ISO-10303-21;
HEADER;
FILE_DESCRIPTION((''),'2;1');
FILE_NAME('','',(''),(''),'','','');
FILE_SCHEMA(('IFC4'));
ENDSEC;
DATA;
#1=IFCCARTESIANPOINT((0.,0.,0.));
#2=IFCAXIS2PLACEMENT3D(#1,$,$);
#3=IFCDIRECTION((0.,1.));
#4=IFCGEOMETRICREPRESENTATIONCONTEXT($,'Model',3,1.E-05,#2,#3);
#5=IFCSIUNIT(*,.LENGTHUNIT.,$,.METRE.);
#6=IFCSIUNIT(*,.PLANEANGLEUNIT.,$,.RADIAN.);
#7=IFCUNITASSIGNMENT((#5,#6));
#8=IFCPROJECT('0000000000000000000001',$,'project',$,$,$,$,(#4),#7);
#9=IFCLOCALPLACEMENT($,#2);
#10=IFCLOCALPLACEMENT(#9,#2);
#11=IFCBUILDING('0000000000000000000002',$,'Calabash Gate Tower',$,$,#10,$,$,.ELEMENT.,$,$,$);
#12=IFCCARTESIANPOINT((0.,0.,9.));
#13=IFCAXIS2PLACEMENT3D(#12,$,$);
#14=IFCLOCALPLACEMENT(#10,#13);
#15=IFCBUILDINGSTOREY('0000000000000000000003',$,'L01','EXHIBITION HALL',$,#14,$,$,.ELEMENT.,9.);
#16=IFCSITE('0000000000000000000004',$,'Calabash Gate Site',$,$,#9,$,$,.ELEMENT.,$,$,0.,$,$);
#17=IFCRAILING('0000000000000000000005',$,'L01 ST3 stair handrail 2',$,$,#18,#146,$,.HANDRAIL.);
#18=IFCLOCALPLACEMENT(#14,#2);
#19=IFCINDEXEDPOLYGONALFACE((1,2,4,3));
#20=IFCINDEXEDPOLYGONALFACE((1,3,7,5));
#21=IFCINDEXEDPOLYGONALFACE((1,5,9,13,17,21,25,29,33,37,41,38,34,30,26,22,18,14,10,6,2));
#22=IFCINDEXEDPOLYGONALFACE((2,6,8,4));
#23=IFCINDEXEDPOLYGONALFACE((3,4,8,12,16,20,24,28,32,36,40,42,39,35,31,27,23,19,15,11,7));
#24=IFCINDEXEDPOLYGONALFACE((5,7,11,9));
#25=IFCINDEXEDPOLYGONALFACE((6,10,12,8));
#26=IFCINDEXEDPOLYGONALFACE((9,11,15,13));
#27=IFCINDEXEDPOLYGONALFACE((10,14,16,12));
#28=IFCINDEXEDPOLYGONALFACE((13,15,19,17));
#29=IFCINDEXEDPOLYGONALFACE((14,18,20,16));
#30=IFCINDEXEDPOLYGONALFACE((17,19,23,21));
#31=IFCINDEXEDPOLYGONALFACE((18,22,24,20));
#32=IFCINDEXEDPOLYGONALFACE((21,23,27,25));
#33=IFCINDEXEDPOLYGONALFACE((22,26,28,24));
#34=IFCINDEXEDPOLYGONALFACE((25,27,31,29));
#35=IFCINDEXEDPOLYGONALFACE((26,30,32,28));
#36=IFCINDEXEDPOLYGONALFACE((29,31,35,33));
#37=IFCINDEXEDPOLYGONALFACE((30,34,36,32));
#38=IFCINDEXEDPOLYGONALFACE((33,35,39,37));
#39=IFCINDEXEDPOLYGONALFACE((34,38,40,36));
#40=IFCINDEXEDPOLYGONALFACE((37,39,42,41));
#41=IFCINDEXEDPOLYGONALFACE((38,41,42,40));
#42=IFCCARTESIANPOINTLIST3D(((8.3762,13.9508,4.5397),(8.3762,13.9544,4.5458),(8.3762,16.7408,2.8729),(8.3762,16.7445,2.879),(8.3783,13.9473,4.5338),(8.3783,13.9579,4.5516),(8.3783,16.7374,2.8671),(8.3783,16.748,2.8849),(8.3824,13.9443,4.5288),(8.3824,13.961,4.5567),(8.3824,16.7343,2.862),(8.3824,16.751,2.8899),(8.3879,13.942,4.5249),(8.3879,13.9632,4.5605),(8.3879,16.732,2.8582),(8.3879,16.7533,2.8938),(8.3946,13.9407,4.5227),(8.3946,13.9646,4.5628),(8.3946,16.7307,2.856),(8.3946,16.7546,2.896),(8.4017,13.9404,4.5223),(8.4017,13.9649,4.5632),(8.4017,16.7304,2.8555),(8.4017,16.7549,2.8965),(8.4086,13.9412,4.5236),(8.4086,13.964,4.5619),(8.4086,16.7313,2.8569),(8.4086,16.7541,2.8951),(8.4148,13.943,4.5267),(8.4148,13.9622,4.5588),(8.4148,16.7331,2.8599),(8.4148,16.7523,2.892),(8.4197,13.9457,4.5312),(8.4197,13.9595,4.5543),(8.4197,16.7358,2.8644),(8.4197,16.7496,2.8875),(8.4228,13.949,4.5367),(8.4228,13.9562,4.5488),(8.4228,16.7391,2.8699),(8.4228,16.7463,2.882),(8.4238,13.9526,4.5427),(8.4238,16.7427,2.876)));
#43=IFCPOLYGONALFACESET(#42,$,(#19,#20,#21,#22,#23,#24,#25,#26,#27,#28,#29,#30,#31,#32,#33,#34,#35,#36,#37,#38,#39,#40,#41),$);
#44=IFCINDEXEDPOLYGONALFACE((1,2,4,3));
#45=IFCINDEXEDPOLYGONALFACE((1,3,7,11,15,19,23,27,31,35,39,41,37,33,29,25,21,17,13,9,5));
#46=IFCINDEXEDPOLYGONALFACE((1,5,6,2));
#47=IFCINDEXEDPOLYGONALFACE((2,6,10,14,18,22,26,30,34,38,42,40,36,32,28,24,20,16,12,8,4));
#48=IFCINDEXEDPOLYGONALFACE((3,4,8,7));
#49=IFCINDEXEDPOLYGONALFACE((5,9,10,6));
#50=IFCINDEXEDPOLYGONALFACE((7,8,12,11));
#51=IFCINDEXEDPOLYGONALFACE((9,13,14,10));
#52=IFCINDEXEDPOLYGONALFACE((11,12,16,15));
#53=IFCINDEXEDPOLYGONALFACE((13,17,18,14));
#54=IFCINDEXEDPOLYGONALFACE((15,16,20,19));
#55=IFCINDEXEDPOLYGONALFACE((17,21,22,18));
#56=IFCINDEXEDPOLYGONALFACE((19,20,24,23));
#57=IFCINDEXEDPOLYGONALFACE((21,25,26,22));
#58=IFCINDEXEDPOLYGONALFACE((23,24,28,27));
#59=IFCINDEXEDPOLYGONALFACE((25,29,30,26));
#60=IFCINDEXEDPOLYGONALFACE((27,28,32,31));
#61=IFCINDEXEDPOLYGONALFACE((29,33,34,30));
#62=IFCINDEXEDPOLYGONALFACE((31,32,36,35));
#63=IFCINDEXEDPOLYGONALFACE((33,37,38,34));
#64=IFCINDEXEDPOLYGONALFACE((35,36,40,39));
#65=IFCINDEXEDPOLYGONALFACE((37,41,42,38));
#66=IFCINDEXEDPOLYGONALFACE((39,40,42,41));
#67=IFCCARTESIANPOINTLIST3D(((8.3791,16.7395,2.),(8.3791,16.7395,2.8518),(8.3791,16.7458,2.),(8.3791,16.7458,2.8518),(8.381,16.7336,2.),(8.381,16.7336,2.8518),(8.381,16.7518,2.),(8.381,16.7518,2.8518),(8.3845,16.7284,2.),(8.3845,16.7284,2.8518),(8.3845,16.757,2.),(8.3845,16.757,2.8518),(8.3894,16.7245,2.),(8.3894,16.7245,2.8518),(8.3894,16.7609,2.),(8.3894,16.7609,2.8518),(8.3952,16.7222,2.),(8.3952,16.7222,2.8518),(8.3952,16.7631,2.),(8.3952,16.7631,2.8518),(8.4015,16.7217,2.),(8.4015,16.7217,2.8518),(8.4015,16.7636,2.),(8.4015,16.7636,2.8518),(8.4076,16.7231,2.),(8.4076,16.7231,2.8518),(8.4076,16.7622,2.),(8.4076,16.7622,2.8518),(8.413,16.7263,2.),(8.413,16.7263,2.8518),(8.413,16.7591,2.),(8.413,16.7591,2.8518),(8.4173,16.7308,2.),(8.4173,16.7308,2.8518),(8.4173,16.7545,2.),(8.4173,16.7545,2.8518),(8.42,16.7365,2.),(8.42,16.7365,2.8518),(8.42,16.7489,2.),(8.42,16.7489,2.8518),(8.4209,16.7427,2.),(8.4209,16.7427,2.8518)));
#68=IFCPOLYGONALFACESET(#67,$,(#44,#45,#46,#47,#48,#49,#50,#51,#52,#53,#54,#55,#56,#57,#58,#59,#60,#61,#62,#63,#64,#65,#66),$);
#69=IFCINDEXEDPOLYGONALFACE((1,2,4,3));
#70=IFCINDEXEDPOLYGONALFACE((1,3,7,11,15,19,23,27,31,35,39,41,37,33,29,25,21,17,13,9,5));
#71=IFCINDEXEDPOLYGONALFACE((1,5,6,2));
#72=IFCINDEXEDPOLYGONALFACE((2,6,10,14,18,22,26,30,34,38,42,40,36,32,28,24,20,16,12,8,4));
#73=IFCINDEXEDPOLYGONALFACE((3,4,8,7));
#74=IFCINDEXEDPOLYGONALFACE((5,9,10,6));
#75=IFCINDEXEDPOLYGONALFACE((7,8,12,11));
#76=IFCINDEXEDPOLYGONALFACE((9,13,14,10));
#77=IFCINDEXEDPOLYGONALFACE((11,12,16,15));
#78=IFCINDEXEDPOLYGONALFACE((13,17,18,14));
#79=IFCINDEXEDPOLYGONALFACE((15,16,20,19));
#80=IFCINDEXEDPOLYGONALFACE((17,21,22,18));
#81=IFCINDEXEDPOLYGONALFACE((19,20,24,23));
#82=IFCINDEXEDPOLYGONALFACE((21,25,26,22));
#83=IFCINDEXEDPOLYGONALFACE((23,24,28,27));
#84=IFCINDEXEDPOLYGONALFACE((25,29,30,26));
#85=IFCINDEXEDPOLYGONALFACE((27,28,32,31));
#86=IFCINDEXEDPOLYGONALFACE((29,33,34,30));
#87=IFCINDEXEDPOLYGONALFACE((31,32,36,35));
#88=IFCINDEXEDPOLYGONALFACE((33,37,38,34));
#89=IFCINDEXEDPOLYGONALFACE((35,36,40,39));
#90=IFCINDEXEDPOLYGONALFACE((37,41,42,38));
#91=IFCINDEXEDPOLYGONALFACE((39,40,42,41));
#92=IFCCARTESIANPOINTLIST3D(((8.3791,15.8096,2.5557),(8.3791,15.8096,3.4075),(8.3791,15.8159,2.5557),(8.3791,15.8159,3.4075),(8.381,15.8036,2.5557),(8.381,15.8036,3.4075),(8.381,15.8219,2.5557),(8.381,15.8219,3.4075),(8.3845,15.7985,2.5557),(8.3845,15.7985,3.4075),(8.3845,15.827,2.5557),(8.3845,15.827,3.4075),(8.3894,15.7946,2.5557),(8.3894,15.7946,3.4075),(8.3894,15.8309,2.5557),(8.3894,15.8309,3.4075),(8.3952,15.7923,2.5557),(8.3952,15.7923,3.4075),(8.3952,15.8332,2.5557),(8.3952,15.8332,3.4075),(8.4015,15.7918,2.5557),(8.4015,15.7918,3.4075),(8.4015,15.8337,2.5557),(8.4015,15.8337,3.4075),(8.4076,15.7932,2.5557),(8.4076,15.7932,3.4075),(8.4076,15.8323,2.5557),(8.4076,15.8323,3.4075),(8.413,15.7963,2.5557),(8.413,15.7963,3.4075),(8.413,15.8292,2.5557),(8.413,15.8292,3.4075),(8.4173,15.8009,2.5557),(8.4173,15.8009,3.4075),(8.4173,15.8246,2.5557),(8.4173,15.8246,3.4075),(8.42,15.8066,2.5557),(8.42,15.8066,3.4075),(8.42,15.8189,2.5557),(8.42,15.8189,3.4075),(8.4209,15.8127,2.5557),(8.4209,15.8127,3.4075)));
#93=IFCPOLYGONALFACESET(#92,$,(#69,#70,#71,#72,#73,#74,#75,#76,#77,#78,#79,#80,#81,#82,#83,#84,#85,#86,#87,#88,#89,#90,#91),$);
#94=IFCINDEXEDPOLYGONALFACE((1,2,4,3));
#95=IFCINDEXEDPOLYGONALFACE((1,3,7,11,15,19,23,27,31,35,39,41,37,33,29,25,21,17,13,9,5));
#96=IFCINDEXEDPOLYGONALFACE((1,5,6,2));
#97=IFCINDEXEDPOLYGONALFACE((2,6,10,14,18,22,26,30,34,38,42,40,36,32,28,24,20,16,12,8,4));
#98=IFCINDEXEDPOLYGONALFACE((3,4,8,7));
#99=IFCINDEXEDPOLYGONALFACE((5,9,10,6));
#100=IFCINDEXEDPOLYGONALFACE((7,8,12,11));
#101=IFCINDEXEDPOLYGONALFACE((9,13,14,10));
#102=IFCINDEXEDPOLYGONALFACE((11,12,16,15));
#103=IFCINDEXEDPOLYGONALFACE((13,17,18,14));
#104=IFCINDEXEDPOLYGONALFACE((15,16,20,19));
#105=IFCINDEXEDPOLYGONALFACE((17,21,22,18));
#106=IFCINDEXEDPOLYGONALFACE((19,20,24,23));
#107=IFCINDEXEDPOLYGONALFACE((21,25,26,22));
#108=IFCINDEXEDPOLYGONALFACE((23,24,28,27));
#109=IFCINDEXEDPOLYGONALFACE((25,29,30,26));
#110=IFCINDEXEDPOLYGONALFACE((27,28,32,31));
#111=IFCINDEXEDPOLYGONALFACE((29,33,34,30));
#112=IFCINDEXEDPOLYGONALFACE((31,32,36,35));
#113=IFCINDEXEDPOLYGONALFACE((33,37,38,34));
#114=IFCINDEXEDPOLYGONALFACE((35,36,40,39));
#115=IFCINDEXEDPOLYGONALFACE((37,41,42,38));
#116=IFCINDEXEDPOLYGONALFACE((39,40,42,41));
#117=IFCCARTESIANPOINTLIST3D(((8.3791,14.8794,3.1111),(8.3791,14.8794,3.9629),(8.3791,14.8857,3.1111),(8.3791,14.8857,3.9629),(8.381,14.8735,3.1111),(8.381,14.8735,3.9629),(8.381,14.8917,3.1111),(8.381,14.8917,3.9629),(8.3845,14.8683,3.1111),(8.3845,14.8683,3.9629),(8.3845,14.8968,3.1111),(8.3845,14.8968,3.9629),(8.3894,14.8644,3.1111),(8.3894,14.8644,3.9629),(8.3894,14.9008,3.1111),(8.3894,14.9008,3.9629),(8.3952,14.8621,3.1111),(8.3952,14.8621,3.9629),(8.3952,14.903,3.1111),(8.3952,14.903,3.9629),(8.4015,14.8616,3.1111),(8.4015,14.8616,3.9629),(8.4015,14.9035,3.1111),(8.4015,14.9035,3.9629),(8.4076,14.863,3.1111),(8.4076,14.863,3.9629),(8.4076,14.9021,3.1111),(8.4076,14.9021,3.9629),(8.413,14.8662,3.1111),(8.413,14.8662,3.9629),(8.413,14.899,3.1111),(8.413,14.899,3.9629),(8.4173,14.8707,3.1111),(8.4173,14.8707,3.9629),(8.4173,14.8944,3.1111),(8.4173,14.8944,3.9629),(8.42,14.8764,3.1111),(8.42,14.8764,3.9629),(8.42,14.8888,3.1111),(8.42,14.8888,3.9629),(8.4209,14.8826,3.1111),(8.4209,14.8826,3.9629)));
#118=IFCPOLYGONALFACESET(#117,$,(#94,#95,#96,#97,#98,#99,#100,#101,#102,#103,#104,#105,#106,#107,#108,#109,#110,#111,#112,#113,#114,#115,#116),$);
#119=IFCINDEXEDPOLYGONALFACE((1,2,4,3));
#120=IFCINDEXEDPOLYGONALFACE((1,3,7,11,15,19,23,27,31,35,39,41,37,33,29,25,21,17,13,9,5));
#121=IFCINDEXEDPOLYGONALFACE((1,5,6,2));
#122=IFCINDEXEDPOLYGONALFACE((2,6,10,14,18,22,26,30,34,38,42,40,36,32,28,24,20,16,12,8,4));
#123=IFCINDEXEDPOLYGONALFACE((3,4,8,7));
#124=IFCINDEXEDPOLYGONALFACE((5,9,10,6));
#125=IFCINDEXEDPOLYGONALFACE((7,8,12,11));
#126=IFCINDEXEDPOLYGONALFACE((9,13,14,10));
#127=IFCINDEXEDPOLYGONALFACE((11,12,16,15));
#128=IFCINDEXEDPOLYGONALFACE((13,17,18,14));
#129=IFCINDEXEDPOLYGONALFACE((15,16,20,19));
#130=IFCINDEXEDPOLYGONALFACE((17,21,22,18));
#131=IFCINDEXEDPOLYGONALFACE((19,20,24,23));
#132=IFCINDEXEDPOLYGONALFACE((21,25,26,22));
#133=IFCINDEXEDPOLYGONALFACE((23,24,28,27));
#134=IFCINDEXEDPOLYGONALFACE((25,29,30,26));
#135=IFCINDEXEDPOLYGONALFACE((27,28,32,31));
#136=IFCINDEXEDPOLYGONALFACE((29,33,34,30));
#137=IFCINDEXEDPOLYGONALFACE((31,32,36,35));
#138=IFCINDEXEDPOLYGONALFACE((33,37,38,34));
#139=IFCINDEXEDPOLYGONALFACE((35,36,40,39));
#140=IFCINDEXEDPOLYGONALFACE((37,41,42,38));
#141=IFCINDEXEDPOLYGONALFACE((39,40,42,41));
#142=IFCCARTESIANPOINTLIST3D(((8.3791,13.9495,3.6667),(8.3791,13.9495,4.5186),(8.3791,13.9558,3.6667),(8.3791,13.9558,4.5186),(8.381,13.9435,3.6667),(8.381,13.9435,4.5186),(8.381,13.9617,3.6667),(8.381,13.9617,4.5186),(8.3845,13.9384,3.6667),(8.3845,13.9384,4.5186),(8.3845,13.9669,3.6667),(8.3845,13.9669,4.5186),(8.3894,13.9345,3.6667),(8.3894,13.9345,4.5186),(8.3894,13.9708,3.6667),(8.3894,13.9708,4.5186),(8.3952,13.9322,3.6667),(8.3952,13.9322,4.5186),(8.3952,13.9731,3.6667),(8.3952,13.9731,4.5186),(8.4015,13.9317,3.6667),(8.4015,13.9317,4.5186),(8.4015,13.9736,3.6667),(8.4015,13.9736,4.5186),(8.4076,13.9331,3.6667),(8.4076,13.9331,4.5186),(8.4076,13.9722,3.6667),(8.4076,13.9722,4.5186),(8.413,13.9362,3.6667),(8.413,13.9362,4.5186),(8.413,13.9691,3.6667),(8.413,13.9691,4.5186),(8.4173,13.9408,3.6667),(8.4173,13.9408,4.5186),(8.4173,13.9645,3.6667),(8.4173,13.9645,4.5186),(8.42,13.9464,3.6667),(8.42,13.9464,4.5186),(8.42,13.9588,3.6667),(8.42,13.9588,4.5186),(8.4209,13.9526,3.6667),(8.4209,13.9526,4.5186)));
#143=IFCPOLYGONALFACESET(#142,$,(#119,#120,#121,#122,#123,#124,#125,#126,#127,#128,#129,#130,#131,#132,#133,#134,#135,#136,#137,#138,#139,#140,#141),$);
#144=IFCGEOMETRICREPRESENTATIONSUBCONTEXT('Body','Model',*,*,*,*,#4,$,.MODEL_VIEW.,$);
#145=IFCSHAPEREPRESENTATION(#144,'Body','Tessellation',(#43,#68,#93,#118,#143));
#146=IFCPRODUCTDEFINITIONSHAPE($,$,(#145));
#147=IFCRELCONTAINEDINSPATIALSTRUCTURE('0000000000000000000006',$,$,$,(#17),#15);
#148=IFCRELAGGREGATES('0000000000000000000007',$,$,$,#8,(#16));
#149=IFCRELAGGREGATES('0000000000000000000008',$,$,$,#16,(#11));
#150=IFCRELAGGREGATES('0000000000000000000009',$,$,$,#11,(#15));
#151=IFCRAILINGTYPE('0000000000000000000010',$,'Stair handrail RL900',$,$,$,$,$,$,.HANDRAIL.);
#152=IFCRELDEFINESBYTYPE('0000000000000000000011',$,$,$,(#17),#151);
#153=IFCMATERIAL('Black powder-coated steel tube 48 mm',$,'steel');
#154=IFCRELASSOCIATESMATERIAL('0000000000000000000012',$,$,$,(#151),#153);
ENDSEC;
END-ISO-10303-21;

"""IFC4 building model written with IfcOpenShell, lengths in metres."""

from ifc_helpers import new_model, si_unit, direction, frame, origin, origin_2d, place, context, subcontext, project, spatial, circle, extrude, material, type_object, element, save


model = new_model("IFC4")

# Units and contexts
model_context = context("Model", 3, precision=1e-05, world=origin(), true_north=direction((0.0, 1.0)))
body_context = subcontext(model_context, "Body", "Model", "MODEL_VIEW")
ifc_project = project(units=[si_unit("LENGTHUNIT", "METRE"), si_unit("PLANEANGLEUNIT", "RADIAN")], contexts=[model_context])

# Site, building, storey
site_placement = place(None, origin())
site = spatial("IfcSite", under=ifc_project, at=site_placement, Name="Calabash Gate Site", CompositionType="ELEMENT", RefElevation=0.0)
building_placement = place(site_placement, origin())
building = spatial("IfcBuilding", under=site, at=building_placement, Name="Calabash Gate Tower", CompositionType="ELEMENT")
storey_placement = place(building_placement, frame((0.0, 0.0, 9.0)))
storey = spatial("IfcBuildingStorey", under=building, at=storey_placement, Name="L01", Description="EXHIBITION HALL", CompositionType="ELEMENT", Elevation=9.0)

# Railing
ifc_material_1 = material(Name="Black powder-coated steel tube 48 mm", Category="steel")
railing_type_1 = type_object("IfcRailingType", Name="Stair handrail RL900", PredefinedType="HANDRAIL", material=ifc_material_1)
railing_1_placement = place(storey_placement, frame((8.3999, 16.7427, 2.0)))
element("IfcRailing", 1, at=railing_1_placement, inside=storey, type_object=railing_type_1, Name="L01 ST3 stair handrail 2", PredefinedType="HANDRAIL", context=body_context, shape_type="SweptSolid", body=[
    extrude(circle(Radius=0.0239, at=origin_2d()), frame((0.0, 0.0, 0.876), z_axis=(0.0, -0.858479, 0.512849), x_axis=(1.0, 0.0, 0.0)), (0.0, 0.0, 1.0), 3.25),
    extrude(circle(Radius=0.021, at=origin_2d()), origin(), (0.0, 0.0, 1.0), 0.8518),
    extrude(circle(Radius=0.021, at=origin_2d()), frame((0.0, -0.9299, 0.5557)), (0.0, 0.0, 1.0), 0.8518),
    extrude(circle(Radius=0.021, at=origin_2d()), frame((0.0, -1.8601, 1.1111)), (0.0, 0.0, 1.0), 0.8518),
    extrude(circle(Radius=0.021, at=origin_2d()), frame((0.0, -2.79, 1.6667)), (0.0, 0.0, 1.0), 0.8518),
])

save(model, "model.ifc")
